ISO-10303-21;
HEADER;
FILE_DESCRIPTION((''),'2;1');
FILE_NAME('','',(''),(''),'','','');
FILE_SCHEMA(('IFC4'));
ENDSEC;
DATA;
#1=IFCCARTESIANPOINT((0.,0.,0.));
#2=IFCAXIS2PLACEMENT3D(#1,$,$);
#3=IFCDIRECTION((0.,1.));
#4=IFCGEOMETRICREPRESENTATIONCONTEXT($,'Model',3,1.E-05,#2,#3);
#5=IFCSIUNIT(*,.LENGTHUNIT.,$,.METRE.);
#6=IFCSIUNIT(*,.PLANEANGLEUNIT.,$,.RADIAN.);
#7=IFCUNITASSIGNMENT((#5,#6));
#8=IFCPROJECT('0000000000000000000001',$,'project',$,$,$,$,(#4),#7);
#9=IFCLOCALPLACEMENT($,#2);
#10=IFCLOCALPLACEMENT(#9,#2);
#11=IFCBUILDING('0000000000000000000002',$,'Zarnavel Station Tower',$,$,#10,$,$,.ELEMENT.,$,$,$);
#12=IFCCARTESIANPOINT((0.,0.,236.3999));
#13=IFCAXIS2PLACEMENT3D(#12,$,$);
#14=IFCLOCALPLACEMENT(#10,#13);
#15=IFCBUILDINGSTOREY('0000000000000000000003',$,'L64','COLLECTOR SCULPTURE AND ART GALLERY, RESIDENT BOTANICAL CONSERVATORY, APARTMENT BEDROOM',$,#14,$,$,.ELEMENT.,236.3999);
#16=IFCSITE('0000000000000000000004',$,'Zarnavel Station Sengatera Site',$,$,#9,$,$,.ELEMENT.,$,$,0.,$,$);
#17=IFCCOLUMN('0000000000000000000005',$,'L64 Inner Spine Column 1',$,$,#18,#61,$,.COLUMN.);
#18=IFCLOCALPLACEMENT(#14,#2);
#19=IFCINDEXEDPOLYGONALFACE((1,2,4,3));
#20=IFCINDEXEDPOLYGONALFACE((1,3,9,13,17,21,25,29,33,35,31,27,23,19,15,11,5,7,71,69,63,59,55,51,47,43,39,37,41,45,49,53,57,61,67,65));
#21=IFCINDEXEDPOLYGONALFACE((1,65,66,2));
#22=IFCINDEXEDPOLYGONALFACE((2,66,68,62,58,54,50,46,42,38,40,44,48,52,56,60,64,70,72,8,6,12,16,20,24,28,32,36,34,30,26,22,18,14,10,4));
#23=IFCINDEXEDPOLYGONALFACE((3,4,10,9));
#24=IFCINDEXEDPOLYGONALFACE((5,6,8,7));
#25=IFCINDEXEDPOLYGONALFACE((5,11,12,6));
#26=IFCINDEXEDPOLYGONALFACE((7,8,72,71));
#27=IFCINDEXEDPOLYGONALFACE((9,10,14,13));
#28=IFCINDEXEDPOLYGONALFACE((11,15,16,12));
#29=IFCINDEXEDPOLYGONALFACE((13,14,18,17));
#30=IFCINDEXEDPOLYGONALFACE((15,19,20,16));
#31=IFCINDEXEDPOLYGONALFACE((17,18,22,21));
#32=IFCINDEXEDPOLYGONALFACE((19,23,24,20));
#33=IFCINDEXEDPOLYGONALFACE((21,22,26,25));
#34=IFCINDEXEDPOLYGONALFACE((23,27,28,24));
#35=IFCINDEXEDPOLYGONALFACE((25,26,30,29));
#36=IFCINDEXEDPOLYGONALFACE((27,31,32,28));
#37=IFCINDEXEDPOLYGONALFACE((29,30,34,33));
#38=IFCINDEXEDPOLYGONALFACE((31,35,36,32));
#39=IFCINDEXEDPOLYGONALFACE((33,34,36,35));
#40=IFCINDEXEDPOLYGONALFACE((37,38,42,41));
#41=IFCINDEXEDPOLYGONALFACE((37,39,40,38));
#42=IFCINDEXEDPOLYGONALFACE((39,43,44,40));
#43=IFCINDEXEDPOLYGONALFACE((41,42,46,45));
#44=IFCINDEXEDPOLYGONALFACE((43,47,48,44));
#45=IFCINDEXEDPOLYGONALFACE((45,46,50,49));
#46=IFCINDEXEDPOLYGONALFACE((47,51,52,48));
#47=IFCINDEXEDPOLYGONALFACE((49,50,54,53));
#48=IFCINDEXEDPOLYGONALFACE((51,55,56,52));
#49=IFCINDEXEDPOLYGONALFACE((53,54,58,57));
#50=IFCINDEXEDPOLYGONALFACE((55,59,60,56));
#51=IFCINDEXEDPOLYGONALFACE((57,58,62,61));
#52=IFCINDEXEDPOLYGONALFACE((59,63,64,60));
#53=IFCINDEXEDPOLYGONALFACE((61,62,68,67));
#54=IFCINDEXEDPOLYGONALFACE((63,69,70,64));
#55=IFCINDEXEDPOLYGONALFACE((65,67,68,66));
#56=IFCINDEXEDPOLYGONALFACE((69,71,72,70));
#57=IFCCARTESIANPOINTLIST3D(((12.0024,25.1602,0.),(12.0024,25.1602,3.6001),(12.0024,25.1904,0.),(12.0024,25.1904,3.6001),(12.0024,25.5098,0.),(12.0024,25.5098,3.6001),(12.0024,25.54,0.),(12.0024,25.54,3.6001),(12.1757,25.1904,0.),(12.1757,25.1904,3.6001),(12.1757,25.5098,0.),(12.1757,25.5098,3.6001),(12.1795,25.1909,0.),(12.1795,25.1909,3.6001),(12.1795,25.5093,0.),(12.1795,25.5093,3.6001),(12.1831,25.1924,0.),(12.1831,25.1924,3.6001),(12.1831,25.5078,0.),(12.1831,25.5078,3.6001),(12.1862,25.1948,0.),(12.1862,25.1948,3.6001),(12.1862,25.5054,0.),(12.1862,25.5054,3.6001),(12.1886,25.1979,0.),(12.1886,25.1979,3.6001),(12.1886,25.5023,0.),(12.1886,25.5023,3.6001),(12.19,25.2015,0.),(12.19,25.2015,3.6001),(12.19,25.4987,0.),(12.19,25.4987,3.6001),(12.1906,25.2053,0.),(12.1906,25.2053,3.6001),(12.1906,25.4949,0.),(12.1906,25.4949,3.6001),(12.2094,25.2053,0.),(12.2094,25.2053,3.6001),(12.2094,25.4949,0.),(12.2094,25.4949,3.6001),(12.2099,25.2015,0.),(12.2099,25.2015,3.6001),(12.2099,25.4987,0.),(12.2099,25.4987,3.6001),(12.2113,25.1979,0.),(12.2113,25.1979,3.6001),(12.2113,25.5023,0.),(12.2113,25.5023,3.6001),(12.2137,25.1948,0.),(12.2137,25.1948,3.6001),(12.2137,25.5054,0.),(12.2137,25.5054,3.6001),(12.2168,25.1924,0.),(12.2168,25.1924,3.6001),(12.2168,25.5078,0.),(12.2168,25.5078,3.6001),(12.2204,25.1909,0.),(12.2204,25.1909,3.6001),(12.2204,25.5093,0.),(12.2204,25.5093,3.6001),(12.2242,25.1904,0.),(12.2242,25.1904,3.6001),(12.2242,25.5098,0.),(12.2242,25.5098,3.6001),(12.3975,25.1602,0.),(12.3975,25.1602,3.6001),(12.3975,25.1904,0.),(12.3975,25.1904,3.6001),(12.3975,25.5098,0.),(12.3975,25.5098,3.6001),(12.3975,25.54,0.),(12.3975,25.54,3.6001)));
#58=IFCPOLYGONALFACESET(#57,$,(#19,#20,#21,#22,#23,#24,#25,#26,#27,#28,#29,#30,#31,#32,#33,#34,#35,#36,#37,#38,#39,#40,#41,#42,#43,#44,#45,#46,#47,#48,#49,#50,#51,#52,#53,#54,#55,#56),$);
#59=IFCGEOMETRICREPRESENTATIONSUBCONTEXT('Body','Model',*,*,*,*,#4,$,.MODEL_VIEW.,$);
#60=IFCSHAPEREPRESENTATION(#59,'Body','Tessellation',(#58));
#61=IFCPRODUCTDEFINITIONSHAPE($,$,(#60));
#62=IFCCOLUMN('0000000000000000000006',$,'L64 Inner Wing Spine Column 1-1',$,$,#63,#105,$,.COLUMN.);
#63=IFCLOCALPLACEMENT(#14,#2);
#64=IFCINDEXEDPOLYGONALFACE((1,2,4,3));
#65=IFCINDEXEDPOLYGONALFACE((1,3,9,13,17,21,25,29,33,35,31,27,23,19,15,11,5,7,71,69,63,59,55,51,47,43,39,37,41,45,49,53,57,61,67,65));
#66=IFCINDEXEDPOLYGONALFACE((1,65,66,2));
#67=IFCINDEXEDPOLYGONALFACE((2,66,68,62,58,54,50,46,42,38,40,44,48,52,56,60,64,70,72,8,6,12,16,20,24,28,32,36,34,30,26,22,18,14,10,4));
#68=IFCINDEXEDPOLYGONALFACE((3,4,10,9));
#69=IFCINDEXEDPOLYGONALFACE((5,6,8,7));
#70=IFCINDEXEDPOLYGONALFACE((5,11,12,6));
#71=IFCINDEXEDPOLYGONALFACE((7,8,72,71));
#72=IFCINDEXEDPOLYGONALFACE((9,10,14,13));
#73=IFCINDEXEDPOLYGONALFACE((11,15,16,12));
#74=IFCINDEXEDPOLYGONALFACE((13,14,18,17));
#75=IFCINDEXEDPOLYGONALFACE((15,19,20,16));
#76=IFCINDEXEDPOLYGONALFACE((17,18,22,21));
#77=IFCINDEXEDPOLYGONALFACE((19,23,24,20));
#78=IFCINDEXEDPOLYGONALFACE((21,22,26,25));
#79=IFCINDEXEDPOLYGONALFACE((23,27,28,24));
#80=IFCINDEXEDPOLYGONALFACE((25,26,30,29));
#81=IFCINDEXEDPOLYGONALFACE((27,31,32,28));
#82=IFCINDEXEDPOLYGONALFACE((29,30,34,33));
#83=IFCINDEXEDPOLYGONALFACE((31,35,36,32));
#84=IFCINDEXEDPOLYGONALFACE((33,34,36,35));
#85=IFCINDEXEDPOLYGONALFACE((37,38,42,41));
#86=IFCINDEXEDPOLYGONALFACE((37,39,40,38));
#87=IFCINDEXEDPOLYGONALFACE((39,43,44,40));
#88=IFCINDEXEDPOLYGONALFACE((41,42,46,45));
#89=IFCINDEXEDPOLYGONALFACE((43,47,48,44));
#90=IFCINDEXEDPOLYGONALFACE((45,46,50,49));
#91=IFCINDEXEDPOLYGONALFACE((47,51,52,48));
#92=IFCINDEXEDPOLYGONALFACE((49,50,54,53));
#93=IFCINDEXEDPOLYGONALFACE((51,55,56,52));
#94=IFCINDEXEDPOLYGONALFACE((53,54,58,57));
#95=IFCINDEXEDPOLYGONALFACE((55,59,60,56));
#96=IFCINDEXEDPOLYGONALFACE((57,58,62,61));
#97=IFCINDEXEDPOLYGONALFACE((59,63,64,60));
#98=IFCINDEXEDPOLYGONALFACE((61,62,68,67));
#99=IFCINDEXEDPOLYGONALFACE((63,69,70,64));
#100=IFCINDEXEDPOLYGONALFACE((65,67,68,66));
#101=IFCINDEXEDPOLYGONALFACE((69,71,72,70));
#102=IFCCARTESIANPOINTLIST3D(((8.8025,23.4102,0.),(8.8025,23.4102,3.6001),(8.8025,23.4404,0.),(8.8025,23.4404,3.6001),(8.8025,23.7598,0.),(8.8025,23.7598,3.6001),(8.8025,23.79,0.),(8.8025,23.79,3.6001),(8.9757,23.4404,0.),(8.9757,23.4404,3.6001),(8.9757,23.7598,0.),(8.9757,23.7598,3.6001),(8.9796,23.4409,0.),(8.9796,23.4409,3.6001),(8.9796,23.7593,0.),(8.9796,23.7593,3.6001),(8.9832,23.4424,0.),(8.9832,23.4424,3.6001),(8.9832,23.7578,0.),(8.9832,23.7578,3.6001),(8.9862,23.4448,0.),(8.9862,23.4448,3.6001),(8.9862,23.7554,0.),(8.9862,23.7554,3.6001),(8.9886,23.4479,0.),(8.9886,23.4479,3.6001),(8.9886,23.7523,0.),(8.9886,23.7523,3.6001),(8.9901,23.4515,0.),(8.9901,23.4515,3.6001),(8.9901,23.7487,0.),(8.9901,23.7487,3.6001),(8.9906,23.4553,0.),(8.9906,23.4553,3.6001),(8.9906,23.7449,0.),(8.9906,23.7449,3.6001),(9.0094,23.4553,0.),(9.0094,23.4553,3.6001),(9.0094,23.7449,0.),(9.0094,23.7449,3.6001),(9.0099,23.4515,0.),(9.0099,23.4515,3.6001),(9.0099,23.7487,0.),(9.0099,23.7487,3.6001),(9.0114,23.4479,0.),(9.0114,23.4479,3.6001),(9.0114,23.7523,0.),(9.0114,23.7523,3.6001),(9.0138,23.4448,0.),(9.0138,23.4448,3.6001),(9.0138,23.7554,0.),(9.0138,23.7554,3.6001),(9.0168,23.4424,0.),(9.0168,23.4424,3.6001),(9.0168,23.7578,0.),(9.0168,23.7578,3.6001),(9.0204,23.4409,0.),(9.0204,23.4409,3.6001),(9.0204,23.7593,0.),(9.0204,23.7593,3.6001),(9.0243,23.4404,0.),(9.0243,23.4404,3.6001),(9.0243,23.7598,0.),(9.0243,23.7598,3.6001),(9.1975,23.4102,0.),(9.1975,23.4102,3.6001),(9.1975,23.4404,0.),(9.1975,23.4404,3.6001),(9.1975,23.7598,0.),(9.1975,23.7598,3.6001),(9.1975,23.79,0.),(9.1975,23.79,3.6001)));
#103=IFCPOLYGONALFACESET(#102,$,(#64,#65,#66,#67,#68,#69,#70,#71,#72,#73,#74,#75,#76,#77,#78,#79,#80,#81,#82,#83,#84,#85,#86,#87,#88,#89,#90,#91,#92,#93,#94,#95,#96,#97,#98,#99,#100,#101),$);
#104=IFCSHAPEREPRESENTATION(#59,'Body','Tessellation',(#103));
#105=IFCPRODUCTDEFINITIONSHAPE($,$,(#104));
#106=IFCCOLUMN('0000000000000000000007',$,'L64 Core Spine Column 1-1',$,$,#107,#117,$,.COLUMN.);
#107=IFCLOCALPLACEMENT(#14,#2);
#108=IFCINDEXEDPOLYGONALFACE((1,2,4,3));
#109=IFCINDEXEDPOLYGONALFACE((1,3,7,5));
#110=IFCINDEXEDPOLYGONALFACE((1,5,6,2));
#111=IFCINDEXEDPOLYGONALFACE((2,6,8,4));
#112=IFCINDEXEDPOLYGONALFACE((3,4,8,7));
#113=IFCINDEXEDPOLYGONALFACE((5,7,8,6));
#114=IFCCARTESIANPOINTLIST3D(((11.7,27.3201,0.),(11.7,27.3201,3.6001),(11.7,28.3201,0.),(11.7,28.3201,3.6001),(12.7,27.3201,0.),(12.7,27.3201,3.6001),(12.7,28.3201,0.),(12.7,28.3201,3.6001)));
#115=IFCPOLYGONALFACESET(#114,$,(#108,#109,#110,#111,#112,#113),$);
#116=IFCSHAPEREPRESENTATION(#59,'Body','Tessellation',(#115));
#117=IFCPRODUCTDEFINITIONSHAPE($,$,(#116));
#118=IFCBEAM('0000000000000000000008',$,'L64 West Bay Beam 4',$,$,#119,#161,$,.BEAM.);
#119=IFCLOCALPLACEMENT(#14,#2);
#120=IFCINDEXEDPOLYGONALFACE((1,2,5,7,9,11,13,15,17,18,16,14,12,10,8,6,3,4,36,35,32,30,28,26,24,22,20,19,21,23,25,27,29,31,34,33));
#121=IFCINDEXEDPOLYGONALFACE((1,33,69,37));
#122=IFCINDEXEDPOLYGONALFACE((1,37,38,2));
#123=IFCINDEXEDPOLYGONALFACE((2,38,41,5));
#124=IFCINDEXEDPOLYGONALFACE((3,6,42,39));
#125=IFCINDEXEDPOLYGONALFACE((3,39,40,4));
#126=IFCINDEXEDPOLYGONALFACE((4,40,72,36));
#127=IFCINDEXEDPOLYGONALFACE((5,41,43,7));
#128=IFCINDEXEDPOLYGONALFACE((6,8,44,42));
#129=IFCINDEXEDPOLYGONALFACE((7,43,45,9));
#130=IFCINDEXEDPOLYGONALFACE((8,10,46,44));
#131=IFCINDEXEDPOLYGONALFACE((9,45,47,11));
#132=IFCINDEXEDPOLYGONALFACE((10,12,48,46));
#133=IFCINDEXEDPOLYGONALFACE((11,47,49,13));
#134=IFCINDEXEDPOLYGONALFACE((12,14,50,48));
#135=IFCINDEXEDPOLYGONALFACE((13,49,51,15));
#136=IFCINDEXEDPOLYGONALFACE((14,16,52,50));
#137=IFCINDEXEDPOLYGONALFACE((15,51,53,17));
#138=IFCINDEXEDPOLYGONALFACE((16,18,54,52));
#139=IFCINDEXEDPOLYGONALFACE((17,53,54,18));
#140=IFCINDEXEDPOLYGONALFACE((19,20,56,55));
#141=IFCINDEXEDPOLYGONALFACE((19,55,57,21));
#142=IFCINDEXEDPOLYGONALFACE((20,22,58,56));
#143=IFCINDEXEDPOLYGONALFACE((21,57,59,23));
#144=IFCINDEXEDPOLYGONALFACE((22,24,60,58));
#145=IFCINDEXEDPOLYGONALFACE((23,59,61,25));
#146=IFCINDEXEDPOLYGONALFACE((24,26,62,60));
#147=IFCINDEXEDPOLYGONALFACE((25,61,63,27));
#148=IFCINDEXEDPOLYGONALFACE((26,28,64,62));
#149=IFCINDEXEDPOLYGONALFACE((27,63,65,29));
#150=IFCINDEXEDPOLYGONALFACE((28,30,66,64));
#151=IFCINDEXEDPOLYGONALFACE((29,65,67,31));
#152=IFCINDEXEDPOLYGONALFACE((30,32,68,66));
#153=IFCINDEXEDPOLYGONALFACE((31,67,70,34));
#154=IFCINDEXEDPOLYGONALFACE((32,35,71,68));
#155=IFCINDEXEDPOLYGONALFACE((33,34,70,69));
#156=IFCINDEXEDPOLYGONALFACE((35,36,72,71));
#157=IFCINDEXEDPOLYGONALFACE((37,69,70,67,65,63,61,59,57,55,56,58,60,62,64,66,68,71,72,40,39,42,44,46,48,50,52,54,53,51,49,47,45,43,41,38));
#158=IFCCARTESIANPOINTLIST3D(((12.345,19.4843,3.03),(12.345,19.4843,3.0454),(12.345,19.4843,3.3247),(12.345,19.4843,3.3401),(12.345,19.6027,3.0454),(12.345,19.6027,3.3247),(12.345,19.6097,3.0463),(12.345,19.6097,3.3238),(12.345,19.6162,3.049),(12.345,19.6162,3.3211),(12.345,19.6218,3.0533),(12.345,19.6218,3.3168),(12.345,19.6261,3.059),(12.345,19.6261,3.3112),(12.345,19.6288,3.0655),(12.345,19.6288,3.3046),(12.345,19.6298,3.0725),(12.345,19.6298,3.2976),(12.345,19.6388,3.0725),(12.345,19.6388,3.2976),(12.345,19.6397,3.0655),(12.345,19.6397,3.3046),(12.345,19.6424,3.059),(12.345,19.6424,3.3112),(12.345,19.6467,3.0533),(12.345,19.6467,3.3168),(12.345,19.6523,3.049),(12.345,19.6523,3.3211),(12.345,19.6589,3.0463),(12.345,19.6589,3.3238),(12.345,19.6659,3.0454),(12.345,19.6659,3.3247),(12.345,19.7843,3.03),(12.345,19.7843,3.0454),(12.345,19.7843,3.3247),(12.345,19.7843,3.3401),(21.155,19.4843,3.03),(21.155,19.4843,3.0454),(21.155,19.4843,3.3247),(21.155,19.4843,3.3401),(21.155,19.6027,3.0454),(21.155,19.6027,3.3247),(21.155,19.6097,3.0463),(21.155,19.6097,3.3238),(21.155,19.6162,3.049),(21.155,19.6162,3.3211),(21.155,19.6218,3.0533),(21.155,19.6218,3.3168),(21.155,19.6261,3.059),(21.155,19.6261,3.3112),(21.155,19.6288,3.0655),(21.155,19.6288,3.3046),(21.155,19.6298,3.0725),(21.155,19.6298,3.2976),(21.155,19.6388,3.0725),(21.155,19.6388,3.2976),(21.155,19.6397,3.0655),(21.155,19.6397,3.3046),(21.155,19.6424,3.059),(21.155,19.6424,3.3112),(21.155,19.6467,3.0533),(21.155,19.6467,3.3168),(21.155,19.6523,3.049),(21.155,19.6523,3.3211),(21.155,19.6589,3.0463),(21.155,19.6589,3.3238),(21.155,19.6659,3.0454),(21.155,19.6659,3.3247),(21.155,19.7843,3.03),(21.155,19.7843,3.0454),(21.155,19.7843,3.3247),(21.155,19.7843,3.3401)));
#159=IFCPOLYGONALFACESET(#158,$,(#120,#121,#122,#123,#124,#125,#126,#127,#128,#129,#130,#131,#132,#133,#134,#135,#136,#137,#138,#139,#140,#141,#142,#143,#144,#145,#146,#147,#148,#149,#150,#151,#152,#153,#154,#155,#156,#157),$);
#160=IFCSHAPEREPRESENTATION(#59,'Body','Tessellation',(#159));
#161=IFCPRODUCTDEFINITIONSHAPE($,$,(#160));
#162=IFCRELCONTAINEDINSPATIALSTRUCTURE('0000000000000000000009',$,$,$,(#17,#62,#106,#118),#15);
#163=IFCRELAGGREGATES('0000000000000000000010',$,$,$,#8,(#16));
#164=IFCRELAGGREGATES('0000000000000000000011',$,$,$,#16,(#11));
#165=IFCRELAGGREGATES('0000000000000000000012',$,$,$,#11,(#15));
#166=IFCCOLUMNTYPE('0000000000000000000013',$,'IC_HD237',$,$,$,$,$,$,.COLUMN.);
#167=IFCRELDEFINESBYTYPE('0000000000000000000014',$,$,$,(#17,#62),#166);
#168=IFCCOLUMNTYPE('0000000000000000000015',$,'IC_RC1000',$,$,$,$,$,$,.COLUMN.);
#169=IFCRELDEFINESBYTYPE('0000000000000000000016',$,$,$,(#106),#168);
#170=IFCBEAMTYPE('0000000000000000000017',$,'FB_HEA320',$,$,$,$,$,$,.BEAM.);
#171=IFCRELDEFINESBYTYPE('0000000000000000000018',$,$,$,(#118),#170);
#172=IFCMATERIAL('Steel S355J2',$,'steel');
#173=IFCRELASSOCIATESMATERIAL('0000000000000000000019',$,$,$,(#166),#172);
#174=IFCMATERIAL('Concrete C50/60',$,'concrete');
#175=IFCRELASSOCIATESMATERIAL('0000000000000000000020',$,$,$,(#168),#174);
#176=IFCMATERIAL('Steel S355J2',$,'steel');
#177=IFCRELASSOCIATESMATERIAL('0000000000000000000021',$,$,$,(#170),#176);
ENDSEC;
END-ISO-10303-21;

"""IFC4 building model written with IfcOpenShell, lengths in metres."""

from ifc_helpers import new_model, si_unit, direction, frame, origin, origin_2d, place, context, subcontext, project, spatial, rectangle, i_section, extrude, material, material_profile, profile_set, type_object, element, save


model = new_model("IFC4")

# Units and contexts
model_context = context("Model", 3, precision=1e-05, world=origin(), true_north=direction((0.0, 1.0)))
body_context = subcontext(model_context, "Body", "Model", "MODEL_VIEW")
ifc_project = project(units=[si_unit("LENGTHUNIT", "METRE"), si_unit("PLANEANGLEUNIT", "RADIAN")], contexts=[model_context])

# Site, building, storey
site_placement = place(None, origin())
site = spatial("IfcSite", under=ifc_project, at=site_placement, Name="Zarnavel Station Sengatera Site", CompositionType="ELEMENT", RefElevation=0.0)
building_placement = place(site_placement, origin())
building = spatial("IfcBuilding", under=site, at=building_placement, Name="Zarnavel Station Tower", CompositionType="ELEMENT")
storey_placement = place(building_placement, frame((0.0, 0.0, 236.3999)))
storey = spatial("IfcBuildingStorey", under=building, at=storey_placement, Name="L64", Description="COLLECTOR SCULPTURE AND ART GALLERY, RESIDENT BOTANICAL CONSERVATORY, APARTMENT BEDROOM", CompositionType="ELEMENT", Elevation=236.3999)

# Columns
ifc_material_1 = material(Name="Steel S355J2", Category="steel")
ifc_material_profile_1 = material_profile(ifc_material_1, i_section(OverallWidth=0.395, OverallDepth=0.3799, WebThickness=0.0188, FlangeThickness=0.0303, FilletRadius=0.0149, at=origin_2d()), Name="HD400x237")
ifc_profile_set_1 = profile_set([ifc_material_profile_1], Name="Steel S355J2")
column_type_1 = type_object("IfcColumnType", Name="IC_HD237", PredefinedType="COLUMN", material=ifc_profile_set_1)
for number, where, z_axis, x_axis, name in (
    (1, (12.2, 25.3501, 0.0), (0.0, 0.0, 1.0), (1.0, 0.0, 0.0), "L64 Inner Spine Column 1"),
    (2, (9.0, 23.6001, 0.0), (0.0, 0.0, 1.0), (1.0, 0.0, 0.0), "L64 Inner Wing Spine Column 1-1"),
):
    element("IfcColumn", number, at=place(storey_placement, frame(where, z_axis=z_axis, x_axis=x_axis)), inside=storey, type_object=column_type_1, Name=name, PredefinedType="COLUMN", context=body_context, shape_type="SweptSolid", body=[
        extrude(i_section(OverallWidth=0.395, OverallDepth=0.3799, WebThickness=0.0188, FlangeThickness=0.0303, FilletRadius=0.0149, at=origin_2d()), origin(), (0.0, 0.0, 1.0), 3.6001),
    ])
ifc_material_2 = material(Name="Concrete C50/60", Category="concrete")
ifc_material_profile_2 = material_profile(ifc_material_2, rectangle(XDim=1.0, YDim=1.0, at=origin_2d()), Name="RC1000x1000")
ifc_profile_set_2 = profile_set([ifc_material_profile_2], Name="Concrete C50/60")
column_type_2 = type_object("IfcColumnType", Name="IC_RC1000", PredefinedType="COLUMN", material=ifc_profile_set_2)
column_placement = place(storey_placement, frame((12.2, 27.8201, 0.0), z_axis=(0.0, 0.0, 1.0), x_axis=(1.0, 0.0, 0.0)))
element("IfcColumn", 3, at=column_placement, inside=storey, type_object=column_type_2, Name="L64 Core Spine Column 1-1", PredefinedType="COLUMN", context=body_context, shape_type="SweptSolid", body=[
    extrude(rectangle(XDim=1.0, YDim=1.0, at=origin_2d()), origin(), (0.0, 0.0, 1.0), 3.6001),
])

# Beam
ifc_material_3 = material(Name="Steel S355J2", Category="steel")
ifc_material_profile_3 = material_profile(ifc_material_3, i_section(OverallWidth=0.3, OverallDepth=0.3101, WebThickness=0.009, FlangeThickness=0.0154, FilletRadius=0.0271, at=origin_2d()), Name="HEA320")
ifc_profile_set_3 = profile_set([ifc_material_profile_3], Name="Steel S355J2")
beam_type_1 = type_object("IfcBeamType", Name="FB_HEA320", PredefinedType="BEAM", material=ifc_profile_set_3)
beam_1_placement = place(storey_placement, frame((12.345, 19.6343, 3.1851), z_axis=(1.0, 0.0, 0.0), x_axis=(0.0, 1.0, 0.0)))
element("IfcBeam", 4, at=beam_1_placement, inside=storey, type_object=beam_type_1, Name="L64 West Bay Beam 4", PredefinedType="BEAM", context=body_context, shape_type="SweptSolid", body=[
    extrude(i_section(OverallWidth=0.3, OverallDepth=0.3101, WebThickness=0.009, FlangeThickness=0.0154, FilletRadius=0.0271, at=origin_2d()), origin(), (0.0, 0.0, 1.0), 8.8101),
])

save(model, "model.ifc")
